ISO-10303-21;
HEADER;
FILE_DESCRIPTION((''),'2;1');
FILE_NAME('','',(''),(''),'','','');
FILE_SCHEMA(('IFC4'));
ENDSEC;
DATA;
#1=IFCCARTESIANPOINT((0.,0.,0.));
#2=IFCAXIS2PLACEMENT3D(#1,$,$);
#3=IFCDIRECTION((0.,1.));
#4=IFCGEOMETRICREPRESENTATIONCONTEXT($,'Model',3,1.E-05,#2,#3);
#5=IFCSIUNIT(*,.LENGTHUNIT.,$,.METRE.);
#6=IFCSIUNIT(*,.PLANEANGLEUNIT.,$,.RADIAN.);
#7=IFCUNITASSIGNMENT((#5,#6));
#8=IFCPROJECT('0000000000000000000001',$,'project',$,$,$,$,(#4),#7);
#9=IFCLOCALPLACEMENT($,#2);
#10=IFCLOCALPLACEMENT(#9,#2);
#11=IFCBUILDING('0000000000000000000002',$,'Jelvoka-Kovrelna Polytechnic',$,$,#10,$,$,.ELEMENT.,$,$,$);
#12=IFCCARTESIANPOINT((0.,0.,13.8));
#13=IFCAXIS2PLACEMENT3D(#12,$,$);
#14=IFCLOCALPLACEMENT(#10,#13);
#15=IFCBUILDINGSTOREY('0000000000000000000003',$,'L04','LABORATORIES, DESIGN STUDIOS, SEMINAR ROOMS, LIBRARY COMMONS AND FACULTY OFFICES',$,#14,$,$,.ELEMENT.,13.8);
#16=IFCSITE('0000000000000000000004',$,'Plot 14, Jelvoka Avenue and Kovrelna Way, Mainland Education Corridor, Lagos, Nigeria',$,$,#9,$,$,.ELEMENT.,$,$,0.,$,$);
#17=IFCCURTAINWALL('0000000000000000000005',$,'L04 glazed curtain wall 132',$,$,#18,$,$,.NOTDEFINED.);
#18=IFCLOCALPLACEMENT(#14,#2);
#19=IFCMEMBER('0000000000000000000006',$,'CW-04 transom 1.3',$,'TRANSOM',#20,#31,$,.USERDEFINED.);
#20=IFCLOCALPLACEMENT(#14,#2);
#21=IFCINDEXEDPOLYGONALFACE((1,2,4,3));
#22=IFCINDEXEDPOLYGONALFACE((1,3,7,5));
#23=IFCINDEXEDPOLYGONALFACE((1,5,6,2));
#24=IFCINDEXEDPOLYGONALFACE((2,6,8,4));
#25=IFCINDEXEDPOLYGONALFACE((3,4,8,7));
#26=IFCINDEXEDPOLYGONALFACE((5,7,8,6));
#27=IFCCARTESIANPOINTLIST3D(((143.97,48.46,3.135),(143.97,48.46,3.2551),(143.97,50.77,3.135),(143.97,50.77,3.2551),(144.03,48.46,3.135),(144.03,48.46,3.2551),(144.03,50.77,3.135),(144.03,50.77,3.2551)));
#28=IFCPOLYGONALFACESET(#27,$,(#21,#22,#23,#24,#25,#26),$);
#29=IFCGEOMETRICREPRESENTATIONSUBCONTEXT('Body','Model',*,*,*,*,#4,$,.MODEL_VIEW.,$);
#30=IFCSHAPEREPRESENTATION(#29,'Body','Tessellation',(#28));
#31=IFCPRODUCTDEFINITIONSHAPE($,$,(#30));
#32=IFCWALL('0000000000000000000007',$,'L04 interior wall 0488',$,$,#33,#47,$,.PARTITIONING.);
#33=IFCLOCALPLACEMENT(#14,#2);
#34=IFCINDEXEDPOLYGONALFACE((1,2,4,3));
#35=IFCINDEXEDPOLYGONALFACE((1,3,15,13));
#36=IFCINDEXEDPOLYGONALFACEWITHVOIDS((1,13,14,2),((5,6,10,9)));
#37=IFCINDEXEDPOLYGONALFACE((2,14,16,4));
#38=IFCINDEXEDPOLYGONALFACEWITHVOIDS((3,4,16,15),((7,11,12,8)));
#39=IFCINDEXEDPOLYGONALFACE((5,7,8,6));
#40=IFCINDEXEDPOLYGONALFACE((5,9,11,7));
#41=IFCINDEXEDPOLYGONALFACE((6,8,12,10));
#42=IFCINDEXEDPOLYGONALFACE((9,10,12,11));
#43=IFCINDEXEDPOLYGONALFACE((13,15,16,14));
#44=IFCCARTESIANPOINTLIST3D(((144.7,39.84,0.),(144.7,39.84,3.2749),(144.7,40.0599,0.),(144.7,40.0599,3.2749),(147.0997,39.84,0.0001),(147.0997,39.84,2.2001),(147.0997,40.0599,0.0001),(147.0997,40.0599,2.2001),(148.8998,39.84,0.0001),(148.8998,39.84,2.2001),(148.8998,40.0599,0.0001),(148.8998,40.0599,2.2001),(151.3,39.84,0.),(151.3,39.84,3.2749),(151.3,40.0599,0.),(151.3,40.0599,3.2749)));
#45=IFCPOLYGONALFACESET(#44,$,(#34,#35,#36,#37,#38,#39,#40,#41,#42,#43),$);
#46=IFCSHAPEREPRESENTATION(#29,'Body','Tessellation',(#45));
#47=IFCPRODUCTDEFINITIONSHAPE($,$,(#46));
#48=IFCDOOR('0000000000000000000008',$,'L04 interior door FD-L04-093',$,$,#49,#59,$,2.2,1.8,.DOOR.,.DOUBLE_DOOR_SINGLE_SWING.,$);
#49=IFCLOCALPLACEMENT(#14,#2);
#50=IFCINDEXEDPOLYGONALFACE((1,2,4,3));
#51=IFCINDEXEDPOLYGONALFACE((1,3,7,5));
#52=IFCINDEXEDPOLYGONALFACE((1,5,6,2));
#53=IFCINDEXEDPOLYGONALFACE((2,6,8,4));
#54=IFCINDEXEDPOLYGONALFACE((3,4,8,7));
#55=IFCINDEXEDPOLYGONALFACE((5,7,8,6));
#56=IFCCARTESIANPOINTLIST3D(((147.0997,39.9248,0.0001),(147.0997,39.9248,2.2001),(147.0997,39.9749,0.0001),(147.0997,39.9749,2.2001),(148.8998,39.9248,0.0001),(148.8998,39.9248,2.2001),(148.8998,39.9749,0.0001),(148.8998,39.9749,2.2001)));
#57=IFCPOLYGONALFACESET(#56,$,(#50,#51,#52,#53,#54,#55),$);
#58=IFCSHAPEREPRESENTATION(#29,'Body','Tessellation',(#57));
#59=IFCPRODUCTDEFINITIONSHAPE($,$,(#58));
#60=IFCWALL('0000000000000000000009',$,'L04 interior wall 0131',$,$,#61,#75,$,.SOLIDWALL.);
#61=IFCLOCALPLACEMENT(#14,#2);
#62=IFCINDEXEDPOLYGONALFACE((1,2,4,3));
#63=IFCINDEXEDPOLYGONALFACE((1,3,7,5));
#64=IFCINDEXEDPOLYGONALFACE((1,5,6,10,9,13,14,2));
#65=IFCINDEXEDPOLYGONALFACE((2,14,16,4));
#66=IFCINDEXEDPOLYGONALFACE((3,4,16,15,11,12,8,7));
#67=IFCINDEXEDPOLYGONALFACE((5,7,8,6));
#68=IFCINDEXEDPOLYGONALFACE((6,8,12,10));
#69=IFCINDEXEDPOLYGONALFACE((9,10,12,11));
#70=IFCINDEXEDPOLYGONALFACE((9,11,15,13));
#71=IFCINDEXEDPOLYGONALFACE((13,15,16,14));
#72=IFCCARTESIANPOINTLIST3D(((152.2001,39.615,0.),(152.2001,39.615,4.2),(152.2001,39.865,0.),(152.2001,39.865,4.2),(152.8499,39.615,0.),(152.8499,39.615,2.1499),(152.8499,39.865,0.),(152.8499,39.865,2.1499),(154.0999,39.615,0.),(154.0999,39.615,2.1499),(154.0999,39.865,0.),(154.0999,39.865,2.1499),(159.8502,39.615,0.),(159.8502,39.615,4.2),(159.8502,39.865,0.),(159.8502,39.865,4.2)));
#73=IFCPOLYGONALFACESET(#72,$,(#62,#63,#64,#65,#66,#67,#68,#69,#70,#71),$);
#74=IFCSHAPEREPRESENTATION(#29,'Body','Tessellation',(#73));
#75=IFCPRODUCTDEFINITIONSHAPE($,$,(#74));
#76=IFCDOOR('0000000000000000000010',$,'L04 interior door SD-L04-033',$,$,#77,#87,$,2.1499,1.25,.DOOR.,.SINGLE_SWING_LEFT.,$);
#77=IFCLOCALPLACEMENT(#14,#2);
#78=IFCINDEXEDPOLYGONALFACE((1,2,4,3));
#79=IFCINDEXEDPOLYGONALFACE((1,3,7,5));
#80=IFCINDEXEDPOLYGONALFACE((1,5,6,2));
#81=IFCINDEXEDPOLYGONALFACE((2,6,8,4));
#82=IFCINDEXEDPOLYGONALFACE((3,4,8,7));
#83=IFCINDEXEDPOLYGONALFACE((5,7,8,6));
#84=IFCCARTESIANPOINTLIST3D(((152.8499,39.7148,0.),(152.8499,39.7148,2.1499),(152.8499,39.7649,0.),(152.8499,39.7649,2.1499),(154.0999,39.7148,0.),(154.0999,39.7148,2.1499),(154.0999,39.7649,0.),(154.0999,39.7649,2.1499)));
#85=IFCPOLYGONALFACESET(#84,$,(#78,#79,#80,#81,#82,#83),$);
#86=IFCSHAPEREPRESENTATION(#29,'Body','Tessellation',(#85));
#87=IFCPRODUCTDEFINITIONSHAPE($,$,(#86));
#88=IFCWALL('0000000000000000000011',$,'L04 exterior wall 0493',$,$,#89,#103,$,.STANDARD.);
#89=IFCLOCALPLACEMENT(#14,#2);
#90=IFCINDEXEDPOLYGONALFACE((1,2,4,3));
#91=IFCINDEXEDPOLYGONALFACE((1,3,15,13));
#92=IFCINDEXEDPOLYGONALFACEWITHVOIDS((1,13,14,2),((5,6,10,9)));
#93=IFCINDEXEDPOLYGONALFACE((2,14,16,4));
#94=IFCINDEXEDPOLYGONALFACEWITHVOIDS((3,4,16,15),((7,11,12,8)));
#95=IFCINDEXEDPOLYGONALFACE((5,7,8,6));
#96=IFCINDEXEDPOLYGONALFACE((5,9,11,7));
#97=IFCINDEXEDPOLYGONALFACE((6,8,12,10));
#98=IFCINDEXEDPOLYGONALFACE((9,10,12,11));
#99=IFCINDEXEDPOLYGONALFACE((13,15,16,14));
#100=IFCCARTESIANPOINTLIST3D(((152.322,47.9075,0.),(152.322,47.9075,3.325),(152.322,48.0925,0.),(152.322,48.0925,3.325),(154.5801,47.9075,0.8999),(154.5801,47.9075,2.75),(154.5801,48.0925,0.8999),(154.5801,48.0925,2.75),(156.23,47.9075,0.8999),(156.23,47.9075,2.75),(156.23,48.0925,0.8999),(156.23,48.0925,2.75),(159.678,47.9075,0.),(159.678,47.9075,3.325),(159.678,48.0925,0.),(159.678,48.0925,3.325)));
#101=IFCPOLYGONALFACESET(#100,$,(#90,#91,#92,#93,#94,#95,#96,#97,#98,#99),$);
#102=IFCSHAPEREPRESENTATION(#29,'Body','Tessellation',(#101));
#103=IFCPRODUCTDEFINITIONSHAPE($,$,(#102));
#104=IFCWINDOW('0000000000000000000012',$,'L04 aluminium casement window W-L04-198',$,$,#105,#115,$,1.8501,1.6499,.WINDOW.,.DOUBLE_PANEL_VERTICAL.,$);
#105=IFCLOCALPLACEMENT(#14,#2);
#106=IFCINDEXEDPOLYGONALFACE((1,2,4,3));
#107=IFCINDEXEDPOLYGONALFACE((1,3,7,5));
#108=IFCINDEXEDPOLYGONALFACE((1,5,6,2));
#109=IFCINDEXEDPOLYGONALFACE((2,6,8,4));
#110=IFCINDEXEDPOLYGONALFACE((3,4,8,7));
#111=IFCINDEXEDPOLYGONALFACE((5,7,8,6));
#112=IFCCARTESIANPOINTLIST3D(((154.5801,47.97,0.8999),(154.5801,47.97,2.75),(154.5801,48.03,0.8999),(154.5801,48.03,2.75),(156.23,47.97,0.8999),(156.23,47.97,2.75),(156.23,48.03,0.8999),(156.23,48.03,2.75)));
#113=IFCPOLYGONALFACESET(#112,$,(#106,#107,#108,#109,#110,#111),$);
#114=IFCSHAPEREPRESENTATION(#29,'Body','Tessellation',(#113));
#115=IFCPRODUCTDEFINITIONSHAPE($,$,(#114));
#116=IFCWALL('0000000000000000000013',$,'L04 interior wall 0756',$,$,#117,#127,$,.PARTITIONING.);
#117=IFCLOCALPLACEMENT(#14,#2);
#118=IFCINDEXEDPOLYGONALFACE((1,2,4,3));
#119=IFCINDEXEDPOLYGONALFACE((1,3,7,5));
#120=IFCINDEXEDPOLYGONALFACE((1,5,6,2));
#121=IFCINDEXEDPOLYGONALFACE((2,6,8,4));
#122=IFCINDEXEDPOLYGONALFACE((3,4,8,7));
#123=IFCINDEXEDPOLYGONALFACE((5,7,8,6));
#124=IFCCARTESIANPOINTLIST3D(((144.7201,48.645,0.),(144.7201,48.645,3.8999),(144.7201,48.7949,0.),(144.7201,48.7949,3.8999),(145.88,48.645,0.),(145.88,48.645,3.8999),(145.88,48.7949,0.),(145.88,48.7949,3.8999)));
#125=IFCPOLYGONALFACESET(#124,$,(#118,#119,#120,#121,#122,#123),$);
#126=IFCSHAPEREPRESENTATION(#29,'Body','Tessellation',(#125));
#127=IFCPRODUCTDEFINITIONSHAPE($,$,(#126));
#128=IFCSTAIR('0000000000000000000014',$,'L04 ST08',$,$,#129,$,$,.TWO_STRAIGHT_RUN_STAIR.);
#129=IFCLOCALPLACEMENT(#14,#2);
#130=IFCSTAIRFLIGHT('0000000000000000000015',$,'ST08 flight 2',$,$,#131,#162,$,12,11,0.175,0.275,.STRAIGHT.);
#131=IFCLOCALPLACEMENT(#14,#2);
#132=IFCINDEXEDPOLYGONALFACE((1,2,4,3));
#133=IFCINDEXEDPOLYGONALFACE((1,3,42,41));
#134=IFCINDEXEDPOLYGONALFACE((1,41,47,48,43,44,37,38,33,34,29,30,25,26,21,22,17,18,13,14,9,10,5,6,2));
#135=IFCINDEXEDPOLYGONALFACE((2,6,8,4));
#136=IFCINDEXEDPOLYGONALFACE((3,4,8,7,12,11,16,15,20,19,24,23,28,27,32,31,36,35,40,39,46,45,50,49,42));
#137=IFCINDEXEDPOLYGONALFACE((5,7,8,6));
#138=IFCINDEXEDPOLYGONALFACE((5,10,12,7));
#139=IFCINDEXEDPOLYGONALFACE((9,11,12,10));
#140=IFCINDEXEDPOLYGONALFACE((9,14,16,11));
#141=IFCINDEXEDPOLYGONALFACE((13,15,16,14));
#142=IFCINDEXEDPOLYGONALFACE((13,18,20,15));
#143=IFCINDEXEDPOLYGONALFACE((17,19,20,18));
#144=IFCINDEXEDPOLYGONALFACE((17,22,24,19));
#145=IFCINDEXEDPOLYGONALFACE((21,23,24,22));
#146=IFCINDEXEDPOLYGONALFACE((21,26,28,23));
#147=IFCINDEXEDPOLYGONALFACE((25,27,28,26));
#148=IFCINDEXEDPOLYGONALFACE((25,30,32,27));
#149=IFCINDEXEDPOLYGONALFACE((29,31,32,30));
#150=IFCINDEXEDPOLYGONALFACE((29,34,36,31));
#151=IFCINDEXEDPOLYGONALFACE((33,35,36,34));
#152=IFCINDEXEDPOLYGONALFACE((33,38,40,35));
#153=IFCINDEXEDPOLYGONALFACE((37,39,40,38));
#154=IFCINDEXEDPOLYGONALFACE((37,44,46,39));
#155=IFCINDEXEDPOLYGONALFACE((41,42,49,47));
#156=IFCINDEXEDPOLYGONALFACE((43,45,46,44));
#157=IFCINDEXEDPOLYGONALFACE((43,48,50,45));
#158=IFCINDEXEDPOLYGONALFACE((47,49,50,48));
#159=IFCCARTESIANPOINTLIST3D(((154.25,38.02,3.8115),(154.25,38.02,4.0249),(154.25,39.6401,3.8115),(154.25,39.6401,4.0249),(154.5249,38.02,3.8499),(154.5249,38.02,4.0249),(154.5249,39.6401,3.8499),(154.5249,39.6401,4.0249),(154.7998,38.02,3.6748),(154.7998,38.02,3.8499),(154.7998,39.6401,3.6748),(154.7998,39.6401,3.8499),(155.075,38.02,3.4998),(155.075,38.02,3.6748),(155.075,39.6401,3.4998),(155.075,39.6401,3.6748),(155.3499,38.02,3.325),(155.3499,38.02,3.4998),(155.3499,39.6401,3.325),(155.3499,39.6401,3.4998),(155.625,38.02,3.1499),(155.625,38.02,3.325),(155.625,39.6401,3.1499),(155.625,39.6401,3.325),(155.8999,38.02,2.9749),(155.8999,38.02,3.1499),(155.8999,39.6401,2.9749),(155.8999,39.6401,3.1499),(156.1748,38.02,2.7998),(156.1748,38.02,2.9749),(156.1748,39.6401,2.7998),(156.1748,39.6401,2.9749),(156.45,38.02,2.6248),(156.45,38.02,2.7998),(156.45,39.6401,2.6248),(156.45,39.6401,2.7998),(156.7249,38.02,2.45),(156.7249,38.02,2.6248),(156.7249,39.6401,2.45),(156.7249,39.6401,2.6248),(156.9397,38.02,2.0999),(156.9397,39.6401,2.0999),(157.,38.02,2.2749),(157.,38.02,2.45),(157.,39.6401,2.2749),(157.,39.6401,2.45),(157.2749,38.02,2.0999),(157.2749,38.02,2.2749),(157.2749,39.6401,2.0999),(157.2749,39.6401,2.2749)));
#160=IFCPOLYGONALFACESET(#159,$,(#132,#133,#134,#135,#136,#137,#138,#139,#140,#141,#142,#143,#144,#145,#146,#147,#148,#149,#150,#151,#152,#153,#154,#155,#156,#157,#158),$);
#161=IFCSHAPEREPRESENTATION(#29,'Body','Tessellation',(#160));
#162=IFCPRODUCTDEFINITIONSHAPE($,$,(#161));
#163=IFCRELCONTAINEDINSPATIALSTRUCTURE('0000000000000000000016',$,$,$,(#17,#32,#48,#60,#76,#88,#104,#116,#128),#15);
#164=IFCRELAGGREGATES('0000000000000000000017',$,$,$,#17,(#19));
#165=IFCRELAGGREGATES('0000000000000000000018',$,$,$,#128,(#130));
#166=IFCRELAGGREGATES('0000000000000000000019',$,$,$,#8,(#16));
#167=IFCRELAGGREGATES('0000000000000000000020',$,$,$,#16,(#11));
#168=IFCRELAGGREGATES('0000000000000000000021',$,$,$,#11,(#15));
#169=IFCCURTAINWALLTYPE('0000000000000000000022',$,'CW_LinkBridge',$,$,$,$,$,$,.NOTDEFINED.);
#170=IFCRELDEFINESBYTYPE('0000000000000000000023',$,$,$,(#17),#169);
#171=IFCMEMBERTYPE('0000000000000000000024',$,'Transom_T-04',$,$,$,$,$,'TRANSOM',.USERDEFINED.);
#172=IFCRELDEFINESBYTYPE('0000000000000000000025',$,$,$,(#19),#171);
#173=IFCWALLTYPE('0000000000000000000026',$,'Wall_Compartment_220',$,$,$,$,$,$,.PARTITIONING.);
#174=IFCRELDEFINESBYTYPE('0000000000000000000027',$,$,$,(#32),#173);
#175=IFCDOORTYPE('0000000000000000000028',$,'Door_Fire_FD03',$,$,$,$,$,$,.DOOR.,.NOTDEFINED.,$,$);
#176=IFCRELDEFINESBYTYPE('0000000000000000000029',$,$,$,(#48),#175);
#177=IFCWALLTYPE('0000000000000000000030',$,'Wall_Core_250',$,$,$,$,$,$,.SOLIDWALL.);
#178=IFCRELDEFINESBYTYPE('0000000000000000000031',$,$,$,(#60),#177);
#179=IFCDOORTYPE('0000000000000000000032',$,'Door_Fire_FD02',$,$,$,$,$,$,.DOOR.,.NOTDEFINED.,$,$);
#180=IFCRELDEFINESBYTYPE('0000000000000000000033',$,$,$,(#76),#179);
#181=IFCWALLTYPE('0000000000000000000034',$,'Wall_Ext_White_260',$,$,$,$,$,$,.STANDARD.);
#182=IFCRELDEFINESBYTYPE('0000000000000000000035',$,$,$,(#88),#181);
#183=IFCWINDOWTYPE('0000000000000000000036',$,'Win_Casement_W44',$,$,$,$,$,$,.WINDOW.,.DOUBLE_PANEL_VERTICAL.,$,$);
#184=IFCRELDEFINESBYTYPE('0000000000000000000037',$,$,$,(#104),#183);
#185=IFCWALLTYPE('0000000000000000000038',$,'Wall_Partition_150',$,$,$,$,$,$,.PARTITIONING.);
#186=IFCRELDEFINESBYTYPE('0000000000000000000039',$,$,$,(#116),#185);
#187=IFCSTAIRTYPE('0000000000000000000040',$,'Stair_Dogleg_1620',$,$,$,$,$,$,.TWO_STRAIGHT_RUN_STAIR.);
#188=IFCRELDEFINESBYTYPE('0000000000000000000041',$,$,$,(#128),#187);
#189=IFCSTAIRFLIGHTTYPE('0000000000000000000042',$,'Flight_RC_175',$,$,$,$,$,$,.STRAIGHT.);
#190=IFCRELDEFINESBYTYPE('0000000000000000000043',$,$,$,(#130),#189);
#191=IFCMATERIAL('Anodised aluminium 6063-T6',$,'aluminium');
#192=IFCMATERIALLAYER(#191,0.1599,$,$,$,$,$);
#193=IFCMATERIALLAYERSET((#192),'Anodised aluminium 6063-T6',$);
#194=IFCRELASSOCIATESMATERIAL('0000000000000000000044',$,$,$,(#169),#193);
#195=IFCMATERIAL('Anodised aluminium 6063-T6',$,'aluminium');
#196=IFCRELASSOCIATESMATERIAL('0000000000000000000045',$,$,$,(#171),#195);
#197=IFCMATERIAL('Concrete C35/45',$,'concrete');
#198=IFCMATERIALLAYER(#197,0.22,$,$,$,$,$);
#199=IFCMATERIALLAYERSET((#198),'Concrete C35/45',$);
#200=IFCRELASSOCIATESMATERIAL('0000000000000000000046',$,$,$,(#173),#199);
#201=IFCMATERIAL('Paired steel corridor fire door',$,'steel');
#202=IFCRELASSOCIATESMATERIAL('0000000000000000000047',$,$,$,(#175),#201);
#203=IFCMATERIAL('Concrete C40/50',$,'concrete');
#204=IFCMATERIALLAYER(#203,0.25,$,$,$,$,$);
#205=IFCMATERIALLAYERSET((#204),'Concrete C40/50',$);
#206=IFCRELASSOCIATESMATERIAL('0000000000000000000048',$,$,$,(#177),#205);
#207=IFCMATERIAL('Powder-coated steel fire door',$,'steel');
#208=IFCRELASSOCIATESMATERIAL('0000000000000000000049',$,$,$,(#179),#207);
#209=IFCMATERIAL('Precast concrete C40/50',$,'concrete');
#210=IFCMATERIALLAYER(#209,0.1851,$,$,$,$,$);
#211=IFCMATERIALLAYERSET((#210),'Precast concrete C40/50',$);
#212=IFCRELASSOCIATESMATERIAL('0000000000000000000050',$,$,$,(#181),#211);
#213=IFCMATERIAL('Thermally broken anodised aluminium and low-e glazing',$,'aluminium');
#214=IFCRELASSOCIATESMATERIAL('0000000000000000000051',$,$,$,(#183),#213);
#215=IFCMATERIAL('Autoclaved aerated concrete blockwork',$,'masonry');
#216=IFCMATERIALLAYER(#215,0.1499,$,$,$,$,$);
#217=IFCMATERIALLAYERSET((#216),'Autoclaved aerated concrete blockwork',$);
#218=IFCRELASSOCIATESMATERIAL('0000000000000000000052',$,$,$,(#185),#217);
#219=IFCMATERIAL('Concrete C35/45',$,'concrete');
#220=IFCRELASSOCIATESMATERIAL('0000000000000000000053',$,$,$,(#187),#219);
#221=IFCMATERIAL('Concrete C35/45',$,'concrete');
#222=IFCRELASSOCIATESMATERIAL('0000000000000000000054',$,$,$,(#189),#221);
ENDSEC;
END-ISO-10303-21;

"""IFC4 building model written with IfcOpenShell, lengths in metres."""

from ifc_helpers import new_model, si_unit, direction, frame, frame_2d, origin, origin_2d, place, context, subcontext, project, spatial, polyline, rectangle, outline, extrude, material, layer, layer_set, material_profile, profile_set, type_object, element, fill, aggregate, save


model = new_model("IFC4")

# Units and contexts
model_context = context("Model", 3, precision=1e-05, world=origin(), true_north=direction((0.0, 1.0)))
body_context = subcontext(model_context, "Body", "Model", "MODEL_VIEW")
ifc_project = project(units=[si_unit("LENGTHUNIT", "METRE"), si_unit("PLANEANGLEUNIT", "RADIAN")], contexts=[model_context])

# Site, building, storey
site_placement = place(None, origin())
site = spatial("IfcSite", under=ifc_project, at=site_placement, Name="Plot 14, Jelvoka Avenue and Kovrelna Way, Mainland Education Corridor, Lagos, Nigeria", CompositionType="ELEMENT", RefElevation=0.0)
building_placement = place(site_placement, origin())
building = spatial("IfcBuilding", under=site, at=building_placement, Name="Jelvoka-Kovrelna Polytechnic", CompositionType="ELEMENT")
storey_placement = place(building_placement, frame((0.0, 0.0, 13.8)))
storey = spatial("IfcBuildingStorey", under=building, at=storey_placement, Name="L04", Description="LABORATORIES, DESIGN STUDIOS, SEMINAR ROOMS, LIBRARY COMMONS AND FACULTY OFFICES", CompositionType="ELEMENT", Elevation=13.8)

# Shared definitions
ifc_material_1 = material(Name="Anodised aluminium 6063-T6", Category="aluminium")
ifc_layer_1 = layer(ifc_material_1, 0.1599)
ifc_layer_set_1 = layer_set([ifc_layer_1], Name="Anodised aluminium 6063-T6")
curtain_wall_type = type_object("IfcCurtainWallType", Name="CW_LinkBridge", PredefinedType="NOTDEFINED", material=ifc_layer_set_1)

# Curtain wall, member
curtain_wall_1_placement = place(storey_placement, origin())
curtain_wall_1 = element("IfcCurtainWall", 1, at=curtain_wall_1_placement, inside=storey, type_object=curtain_wall_type, Name="L04 glazed curtain wall 132", PredefinedType="NOTDEFINED")
ifc_material_2 = material(Name="Anodised aluminium 6063-T6", Category="aluminium")
ifc_material_profile_1 = material_profile(ifc_material_2, rectangle(XDim=0.0601, YDim=0.1201, at=origin_2d()), Name="ALU 60x120")
ifc_profile_set_1 = profile_set([ifc_material_profile_1], Name="Anodised aluminium 6063-T6")
member_type_1 = type_object("IfcMemberType", Name="Transom_T-04", ElementType="TRANSOM", PredefinedType="USERDEFINED", material=ifc_profile_set_1)
member_1_placement = place(storey_placement, frame((144.0, 48.46, 3.1951), z_axis=(0.0, 1.0, 0.0), x_axis=(-1.0, 0.0, 0.0)))
member_1 = element("IfcMember", 2, at=member_1_placement, type_object=member_type_1, Name="CW-04 transom 1.3", ObjectType="TRANSOM", PredefinedType="USERDEFINED", context=body_context, shape_type="SweptSolid", body=[
    extrude(rectangle(XDim=0.0601, YDim=0.1201, at=origin_2d()), origin(), (0.0, 0.0, 1.0), 2.3101),
])
aggregate(curtain_wall_1, [member_1])

# Walls, openings, doors
ifc_material_3 = material(Name="Concrete C35/45", Category="concrete")
ifc_layer_2 = layer(ifc_material_3, 0.22)
ifc_layer_set_2 = layer_set([ifc_layer_2], Name="Concrete C35/45")
wall_type_1 = type_object("IfcWallType", Name="Wall_Compartment_220", PredefinedType="PARTITIONING", material=ifc_layer_set_2)
wall_1_placement = place(storey_placement, frame((144.7, 39.95, 0.0), z_axis=(0.0, 0.0, 1.0), x_axis=(1.0, 0.0, 0.0)))
wall_1 = element("IfcWall", 3, at=wall_1_placement, inside=storey, type_object=wall_type_1, Name="L04 interior wall 0488", PredefinedType="PARTITIONING", context=body_context, shape_type="SweptSolid", body=[
    extrude(rectangle(XDim=6.6001, YDim=0.22, at=frame_2d((3.3, 0.0))), origin(), (0.0, 0.0, 1.0), 3.2749),
])
opening_1_placement = place(wall_1_placement, frame((2.3999, 0.0, 0.0)))
opening_1 = element("IfcOpeningElement", 4, at=opening_1_placement, cuts=wall_1, PredefinedType="OPENING", context=body_context, shape_type="SweptSolid", body=[
    extrude(rectangle(XDim=1.8, YDim=2.2, at=frame_2d((0.8999, 1.1001))), frame((0.0, 0.1199, 0.0), z_axis=(0.0, -1.0, 0.0), x_axis=(1.0, 0.0, 0.0)), (0.0, 0.0, 1.0), 0.24),
])
ifc_material_4 = material(Name="Paired steel corridor fire door", Category="steel")
door_type_1 = type_object("IfcDoorType", Name="Door_Fire_FD03", OperationType="NOTDEFINED", PredefinedType="DOOR", material=ifc_material_4)
door_1_placement = place(opening_1_placement, origin())
door_1 = element("IfcDoor", 5, at=door_1_placement, inside=storey, type_object=door_type_1, Name="L04 interior door FD-L04-093", OperationType="DOUBLE_DOOR_SINGLE_SWING", OverallHeight=2.2, OverallWidth=1.8, PredefinedType="DOOR", context=body_context, shape_type="SweptSolid", body=[
    extrude(rectangle(XDim=1.8, YDim=2.2, at=frame_2d((0.8999, 1.1001))), frame((0.0, 0.0249, 0.0), z_axis=(0.0, -1.0, 0.0), x_axis=(1.0, 0.0, 0.0)), (0.0, 0.0, 1.0), 0.05),
])
fill(opening_1, door_1)
ifc_material_5 = material(Name="Concrete C40/50", Category="concrete")
ifc_layer_3 = layer(ifc_material_5, 0.25)
ifc_layer_set_3 = layer_set([ifc_layer_3], Name="Concrete C40/50")
wall_type_2 = type_object("IfcWallType", Name="Wall_Core_250", PredefinedType="SOLIDWALL", material=ifc_layer_set_3)
wall_2_placement = place(storey_placement, frame((152.2, 39.74, 0.0), z_axis=(0.0, 0.0, 1.0), x_axis=(1.0, 0.0, 0.0)))
wall_2 = element("IfcWall", 6, at=wall_2_placement, inside=storey, type_object=wall_type_2, Name="L04 interior wall 0131", PredefinedType="SOLIDWALL", context=body_context, shape_type="SweptSolid", body=[
    extrude(rectangle(XDim=7.6501, YDim=0.25, at=frame_2d((3.8252, 0.0))), origin(), (0.0, 0.0, 1.0), 4.2),
])
opening_2_placement = place(wall_2_placement, frame((0.6499, 0.0, 0.0)))
opening_2 = element("IfcOpeningElement", 7, at=opening_2_placement, cuts=wall_2, PredefinedType="OPENING", context=body_context, shape_type="SweptSolid", body=[
    extrude(rectangle(XDim=1.25, YDim=2.1499, at=frame_2d((0.625, 1.075))), frame((0.0, 0.135, 0.0), z_axis=(0.0, -1.0, 0.0), x_axis=(1.0, 0.0, 0.0)), (0.0, 0.0, 1.0), 0.27),
])
ifc_material_6 = material(Name="Powder-coated steel fire door", Category="steel")
door_type_2 = type_object("IfcDoorType", Name="Door_Fire_FD02", OperationType="NOTDEFINED", PredefinedType="DOOR", material=ifc_material_6)
door_2_placement = place(opening_2_placement, origin())
door_2 = element("IfcDoor", 8, at=door_2_placement, inside=storey, type_object=door_type_2, Name="L04 interior door SD-L04-033", OperationType="SINGLE_SWING_LEFT", OverallHeight=2.1499, OverallWidth=1.25, PredefinedType="DOOR", context=body_context, shape_type="SweptSolid", body=[
    extrude(rectangle(XDim=1.25, YDim=2.1499, at=frame_2d((0.625, 1.075))), frame((0.0, 0.0249, 0.0), z_axis=(0.0, -1.0, 0.0), x_axis=(1.0, 0.0, 0.0)), (0.0, 0.0, 1.0), 0.05),
])
fill(opening_2, door_2)

# Wall, opening, window
ifc_material_7 = material(Name="Precast concrete C40/50", Category="concrete")
ifc_layer_4 = layer(ifc_material_7, 0.1851)
ifc_layer_set_4 = layer_set([ifc_layer_4], Name="Precast concrete C40/50")
wall_type_3 = type_object("IfcWallType", Name="Wall_Ext_White_260", PredefinedType="STANDARD", material=ifc_layer_set_4)
wall_3_placement = place(storey_placement, frame((152.322, 48.0, 0.0), z_axis=(0.0, 0.0, 1.0), x_axis=(1.0, 0.0, 0.0)))
wall_3 = element("IfcWall", 9, at=wall_3_placement, inside=storey, type_object=wall_type_3, Name="L04 exterior wall 0493", PredefinedType="STANDARD", context=body_context, shape_type="SweptSolid", body=[
    extrude(rectangle(XDim=7.356, YDim=0.1851, at=frame_2d((3.678, 0.0))), origin(), (0.0, 0.0, 1.0), 3.325),
])
opening_3_placement = place(wall_3_placement, frame((2.2581, 0.0, 0.8999)))
opening_3 = element("IfcOpeningElement", 10, at=opening_3_placement, cuts=wall_3, PredefinedType="OPENING", context=body_context, shape_type="SweptSolid", body=[
    extrude(rectangle(XDim=1.6499, YDim=1.8501, at=frame_2d((0.825, 0.925))), frame((0.0, 0.1025, 0.0), z_axis=(0.0, -1.0, 0.0), x_axis=(1.0, 0.0, 0.0)), (0.0, 0.0, 1.0), 0.2051),
])
ifc_material_8 = material(Name="Thermally broken anodised aluminium and low-e glazing", Category="aluminium")
window_type = type_object("IfcWindowType", Name="Win_Casement_W44", PartitioningType="DOUBLE_PANEL_VERTICAL", PredefinedType="WINDOW", material=ifc_material_8)
window_placement = place(opening_3_placement, origin())
window = element("IfcWindow", 11, at=window_placement, inside=storey, type_object=window_type, Name="L04 aluminium casement window W-L04-198", OverallHeight=1.8501, OverallWidth=1.6499, PartitioningType="DOUBLE_PANEL_VERTICAL", PredefinedType="WINDOW", context=body_context, shape_type="SweptSolid", body=[
    extrude(rectangle(XDim=1.6499, YDim=1.8501, at=frame_2d((0.825, 0.925))), frame((0.0, 0.03, 0.0), z_axis=(0.0, -1.0, 0.0), x_axis=(1.0, 0.0, 0.0)), (0.0, 0.0, 1.0), 0.0601),
])
fill(opening_3, window)

# Wall
ifc_material_9 = material(Name="Autoclaved aerated concrete blockwork", Category="masonry")
ifc_layer_5 = layer(ifc_material_9, 0.1499)
ifc_layer_set_5 = layer_set([ifc_layer_5], Name="Autoclaved aerated concrete blockwork")
wall_type_4 = type_object("IfcWallType", Name="Wall_Partition_150", PredefinedType="PARTITIONING", material=ifc_layer_set_5)
wall_4_placement = place(storey_placement, frame((144.72, 48.72, 0.0), z_axis=(0.0, 0.0, 1.0), x_axis=(1.0, 0.0, 0.0)))
element("IfcWall", 12, at=wall_4_placement, inside=storey, type_object=wall_type_4, Name="L04 interior wall 0756", PredefinedType="PARTITIONING", context=body_context, shape_type="SweptSolid", body=[
    extrude(rectangle(XDim=1.1599, YDim=0.1499, at=frame_2d((0.5801, 0.0))), origin(), (0.0, 0.0, 1.0), 3.8999),
])

# Stair, stair flight
ifc_material_10 = material(Name="Concrete C35/45", Category="concrete")
stair_type = type_object("IfcStairType", Name="Stair_Dogleg_1620", PredefinedType="TWO_STRAIGHT_RUN_STAIR", material=ifc_material_10)
stair_placement = place(storey_placement, origin())
stair = element("IfcStair", 13, at=stair_placement, inside=storey, type_object=stair_type, Name="L04 ST08", PredefinedType="TWO_STRAIGHT_RUN_STAIR")
ifc_material_11 = material(Name="Concrete C35/45", Category="concrete")
stair_flight_type = type_object("IfcStairFlightType", Name="Flight_RC_175", PredefinedType="STRAIGHT", material=ifc_material_11)
stair_flight_placement = place(storey_placement, frame((157.2749, 38.8301, 2.0999), z_axis=(0.0, 0.0, 1.0), x_axis=(-1.0, 0.0, 0.0)))
stair_flight = element("IfcStairFlight", 14, at=stair_flight_placement, type_object=stair_flight_type, Name="ST08 flight 2", NumberOfRisers=12, NumberOfTreads=11, PredefinedType="STRAIGHT", RiserHeight=0.175, TreadLength=0.275, context=body_context, shape_type="SweptSolid", body=[
    extrude(outline(polyline([(0.0, 0.0), (0.0, 0.175), (0.2749, 0.175), (0.2749, 0.3501), (0.55, 0.3501), (0.55, 0.5249), (0.825, 0.5249), (0.825, 0.7), (1.1001, 0.7), (1.1001, 0.875), (1.375, 0.875), (1.375, 1.05), (1.6499, 1.05), (1.6499, 1.2251), (1.925, 1.2251), (1.925, 1.3999), (2.2, 1.3999), (2.2, 1.575), (2.4751, 1.575), (2.4751, 1.75), (2.75, 1.75), (2.75, 1.925), (3.0249, 1.925), (3.0249, 2.1001), (3.0249, 1.7117), (0.3352, 0.0), (0.0, 0.0)])), frame((0.0, 0.8101, 0.0), z_axis=(0.0, -1.0, 0.0), x_axis=(1.0, 0.0, 0.0)), (0.0, 0.0, 1.0), 1.6201),
])
aggregate(stair, [stair_flight])

save(model, "model.ifc")
